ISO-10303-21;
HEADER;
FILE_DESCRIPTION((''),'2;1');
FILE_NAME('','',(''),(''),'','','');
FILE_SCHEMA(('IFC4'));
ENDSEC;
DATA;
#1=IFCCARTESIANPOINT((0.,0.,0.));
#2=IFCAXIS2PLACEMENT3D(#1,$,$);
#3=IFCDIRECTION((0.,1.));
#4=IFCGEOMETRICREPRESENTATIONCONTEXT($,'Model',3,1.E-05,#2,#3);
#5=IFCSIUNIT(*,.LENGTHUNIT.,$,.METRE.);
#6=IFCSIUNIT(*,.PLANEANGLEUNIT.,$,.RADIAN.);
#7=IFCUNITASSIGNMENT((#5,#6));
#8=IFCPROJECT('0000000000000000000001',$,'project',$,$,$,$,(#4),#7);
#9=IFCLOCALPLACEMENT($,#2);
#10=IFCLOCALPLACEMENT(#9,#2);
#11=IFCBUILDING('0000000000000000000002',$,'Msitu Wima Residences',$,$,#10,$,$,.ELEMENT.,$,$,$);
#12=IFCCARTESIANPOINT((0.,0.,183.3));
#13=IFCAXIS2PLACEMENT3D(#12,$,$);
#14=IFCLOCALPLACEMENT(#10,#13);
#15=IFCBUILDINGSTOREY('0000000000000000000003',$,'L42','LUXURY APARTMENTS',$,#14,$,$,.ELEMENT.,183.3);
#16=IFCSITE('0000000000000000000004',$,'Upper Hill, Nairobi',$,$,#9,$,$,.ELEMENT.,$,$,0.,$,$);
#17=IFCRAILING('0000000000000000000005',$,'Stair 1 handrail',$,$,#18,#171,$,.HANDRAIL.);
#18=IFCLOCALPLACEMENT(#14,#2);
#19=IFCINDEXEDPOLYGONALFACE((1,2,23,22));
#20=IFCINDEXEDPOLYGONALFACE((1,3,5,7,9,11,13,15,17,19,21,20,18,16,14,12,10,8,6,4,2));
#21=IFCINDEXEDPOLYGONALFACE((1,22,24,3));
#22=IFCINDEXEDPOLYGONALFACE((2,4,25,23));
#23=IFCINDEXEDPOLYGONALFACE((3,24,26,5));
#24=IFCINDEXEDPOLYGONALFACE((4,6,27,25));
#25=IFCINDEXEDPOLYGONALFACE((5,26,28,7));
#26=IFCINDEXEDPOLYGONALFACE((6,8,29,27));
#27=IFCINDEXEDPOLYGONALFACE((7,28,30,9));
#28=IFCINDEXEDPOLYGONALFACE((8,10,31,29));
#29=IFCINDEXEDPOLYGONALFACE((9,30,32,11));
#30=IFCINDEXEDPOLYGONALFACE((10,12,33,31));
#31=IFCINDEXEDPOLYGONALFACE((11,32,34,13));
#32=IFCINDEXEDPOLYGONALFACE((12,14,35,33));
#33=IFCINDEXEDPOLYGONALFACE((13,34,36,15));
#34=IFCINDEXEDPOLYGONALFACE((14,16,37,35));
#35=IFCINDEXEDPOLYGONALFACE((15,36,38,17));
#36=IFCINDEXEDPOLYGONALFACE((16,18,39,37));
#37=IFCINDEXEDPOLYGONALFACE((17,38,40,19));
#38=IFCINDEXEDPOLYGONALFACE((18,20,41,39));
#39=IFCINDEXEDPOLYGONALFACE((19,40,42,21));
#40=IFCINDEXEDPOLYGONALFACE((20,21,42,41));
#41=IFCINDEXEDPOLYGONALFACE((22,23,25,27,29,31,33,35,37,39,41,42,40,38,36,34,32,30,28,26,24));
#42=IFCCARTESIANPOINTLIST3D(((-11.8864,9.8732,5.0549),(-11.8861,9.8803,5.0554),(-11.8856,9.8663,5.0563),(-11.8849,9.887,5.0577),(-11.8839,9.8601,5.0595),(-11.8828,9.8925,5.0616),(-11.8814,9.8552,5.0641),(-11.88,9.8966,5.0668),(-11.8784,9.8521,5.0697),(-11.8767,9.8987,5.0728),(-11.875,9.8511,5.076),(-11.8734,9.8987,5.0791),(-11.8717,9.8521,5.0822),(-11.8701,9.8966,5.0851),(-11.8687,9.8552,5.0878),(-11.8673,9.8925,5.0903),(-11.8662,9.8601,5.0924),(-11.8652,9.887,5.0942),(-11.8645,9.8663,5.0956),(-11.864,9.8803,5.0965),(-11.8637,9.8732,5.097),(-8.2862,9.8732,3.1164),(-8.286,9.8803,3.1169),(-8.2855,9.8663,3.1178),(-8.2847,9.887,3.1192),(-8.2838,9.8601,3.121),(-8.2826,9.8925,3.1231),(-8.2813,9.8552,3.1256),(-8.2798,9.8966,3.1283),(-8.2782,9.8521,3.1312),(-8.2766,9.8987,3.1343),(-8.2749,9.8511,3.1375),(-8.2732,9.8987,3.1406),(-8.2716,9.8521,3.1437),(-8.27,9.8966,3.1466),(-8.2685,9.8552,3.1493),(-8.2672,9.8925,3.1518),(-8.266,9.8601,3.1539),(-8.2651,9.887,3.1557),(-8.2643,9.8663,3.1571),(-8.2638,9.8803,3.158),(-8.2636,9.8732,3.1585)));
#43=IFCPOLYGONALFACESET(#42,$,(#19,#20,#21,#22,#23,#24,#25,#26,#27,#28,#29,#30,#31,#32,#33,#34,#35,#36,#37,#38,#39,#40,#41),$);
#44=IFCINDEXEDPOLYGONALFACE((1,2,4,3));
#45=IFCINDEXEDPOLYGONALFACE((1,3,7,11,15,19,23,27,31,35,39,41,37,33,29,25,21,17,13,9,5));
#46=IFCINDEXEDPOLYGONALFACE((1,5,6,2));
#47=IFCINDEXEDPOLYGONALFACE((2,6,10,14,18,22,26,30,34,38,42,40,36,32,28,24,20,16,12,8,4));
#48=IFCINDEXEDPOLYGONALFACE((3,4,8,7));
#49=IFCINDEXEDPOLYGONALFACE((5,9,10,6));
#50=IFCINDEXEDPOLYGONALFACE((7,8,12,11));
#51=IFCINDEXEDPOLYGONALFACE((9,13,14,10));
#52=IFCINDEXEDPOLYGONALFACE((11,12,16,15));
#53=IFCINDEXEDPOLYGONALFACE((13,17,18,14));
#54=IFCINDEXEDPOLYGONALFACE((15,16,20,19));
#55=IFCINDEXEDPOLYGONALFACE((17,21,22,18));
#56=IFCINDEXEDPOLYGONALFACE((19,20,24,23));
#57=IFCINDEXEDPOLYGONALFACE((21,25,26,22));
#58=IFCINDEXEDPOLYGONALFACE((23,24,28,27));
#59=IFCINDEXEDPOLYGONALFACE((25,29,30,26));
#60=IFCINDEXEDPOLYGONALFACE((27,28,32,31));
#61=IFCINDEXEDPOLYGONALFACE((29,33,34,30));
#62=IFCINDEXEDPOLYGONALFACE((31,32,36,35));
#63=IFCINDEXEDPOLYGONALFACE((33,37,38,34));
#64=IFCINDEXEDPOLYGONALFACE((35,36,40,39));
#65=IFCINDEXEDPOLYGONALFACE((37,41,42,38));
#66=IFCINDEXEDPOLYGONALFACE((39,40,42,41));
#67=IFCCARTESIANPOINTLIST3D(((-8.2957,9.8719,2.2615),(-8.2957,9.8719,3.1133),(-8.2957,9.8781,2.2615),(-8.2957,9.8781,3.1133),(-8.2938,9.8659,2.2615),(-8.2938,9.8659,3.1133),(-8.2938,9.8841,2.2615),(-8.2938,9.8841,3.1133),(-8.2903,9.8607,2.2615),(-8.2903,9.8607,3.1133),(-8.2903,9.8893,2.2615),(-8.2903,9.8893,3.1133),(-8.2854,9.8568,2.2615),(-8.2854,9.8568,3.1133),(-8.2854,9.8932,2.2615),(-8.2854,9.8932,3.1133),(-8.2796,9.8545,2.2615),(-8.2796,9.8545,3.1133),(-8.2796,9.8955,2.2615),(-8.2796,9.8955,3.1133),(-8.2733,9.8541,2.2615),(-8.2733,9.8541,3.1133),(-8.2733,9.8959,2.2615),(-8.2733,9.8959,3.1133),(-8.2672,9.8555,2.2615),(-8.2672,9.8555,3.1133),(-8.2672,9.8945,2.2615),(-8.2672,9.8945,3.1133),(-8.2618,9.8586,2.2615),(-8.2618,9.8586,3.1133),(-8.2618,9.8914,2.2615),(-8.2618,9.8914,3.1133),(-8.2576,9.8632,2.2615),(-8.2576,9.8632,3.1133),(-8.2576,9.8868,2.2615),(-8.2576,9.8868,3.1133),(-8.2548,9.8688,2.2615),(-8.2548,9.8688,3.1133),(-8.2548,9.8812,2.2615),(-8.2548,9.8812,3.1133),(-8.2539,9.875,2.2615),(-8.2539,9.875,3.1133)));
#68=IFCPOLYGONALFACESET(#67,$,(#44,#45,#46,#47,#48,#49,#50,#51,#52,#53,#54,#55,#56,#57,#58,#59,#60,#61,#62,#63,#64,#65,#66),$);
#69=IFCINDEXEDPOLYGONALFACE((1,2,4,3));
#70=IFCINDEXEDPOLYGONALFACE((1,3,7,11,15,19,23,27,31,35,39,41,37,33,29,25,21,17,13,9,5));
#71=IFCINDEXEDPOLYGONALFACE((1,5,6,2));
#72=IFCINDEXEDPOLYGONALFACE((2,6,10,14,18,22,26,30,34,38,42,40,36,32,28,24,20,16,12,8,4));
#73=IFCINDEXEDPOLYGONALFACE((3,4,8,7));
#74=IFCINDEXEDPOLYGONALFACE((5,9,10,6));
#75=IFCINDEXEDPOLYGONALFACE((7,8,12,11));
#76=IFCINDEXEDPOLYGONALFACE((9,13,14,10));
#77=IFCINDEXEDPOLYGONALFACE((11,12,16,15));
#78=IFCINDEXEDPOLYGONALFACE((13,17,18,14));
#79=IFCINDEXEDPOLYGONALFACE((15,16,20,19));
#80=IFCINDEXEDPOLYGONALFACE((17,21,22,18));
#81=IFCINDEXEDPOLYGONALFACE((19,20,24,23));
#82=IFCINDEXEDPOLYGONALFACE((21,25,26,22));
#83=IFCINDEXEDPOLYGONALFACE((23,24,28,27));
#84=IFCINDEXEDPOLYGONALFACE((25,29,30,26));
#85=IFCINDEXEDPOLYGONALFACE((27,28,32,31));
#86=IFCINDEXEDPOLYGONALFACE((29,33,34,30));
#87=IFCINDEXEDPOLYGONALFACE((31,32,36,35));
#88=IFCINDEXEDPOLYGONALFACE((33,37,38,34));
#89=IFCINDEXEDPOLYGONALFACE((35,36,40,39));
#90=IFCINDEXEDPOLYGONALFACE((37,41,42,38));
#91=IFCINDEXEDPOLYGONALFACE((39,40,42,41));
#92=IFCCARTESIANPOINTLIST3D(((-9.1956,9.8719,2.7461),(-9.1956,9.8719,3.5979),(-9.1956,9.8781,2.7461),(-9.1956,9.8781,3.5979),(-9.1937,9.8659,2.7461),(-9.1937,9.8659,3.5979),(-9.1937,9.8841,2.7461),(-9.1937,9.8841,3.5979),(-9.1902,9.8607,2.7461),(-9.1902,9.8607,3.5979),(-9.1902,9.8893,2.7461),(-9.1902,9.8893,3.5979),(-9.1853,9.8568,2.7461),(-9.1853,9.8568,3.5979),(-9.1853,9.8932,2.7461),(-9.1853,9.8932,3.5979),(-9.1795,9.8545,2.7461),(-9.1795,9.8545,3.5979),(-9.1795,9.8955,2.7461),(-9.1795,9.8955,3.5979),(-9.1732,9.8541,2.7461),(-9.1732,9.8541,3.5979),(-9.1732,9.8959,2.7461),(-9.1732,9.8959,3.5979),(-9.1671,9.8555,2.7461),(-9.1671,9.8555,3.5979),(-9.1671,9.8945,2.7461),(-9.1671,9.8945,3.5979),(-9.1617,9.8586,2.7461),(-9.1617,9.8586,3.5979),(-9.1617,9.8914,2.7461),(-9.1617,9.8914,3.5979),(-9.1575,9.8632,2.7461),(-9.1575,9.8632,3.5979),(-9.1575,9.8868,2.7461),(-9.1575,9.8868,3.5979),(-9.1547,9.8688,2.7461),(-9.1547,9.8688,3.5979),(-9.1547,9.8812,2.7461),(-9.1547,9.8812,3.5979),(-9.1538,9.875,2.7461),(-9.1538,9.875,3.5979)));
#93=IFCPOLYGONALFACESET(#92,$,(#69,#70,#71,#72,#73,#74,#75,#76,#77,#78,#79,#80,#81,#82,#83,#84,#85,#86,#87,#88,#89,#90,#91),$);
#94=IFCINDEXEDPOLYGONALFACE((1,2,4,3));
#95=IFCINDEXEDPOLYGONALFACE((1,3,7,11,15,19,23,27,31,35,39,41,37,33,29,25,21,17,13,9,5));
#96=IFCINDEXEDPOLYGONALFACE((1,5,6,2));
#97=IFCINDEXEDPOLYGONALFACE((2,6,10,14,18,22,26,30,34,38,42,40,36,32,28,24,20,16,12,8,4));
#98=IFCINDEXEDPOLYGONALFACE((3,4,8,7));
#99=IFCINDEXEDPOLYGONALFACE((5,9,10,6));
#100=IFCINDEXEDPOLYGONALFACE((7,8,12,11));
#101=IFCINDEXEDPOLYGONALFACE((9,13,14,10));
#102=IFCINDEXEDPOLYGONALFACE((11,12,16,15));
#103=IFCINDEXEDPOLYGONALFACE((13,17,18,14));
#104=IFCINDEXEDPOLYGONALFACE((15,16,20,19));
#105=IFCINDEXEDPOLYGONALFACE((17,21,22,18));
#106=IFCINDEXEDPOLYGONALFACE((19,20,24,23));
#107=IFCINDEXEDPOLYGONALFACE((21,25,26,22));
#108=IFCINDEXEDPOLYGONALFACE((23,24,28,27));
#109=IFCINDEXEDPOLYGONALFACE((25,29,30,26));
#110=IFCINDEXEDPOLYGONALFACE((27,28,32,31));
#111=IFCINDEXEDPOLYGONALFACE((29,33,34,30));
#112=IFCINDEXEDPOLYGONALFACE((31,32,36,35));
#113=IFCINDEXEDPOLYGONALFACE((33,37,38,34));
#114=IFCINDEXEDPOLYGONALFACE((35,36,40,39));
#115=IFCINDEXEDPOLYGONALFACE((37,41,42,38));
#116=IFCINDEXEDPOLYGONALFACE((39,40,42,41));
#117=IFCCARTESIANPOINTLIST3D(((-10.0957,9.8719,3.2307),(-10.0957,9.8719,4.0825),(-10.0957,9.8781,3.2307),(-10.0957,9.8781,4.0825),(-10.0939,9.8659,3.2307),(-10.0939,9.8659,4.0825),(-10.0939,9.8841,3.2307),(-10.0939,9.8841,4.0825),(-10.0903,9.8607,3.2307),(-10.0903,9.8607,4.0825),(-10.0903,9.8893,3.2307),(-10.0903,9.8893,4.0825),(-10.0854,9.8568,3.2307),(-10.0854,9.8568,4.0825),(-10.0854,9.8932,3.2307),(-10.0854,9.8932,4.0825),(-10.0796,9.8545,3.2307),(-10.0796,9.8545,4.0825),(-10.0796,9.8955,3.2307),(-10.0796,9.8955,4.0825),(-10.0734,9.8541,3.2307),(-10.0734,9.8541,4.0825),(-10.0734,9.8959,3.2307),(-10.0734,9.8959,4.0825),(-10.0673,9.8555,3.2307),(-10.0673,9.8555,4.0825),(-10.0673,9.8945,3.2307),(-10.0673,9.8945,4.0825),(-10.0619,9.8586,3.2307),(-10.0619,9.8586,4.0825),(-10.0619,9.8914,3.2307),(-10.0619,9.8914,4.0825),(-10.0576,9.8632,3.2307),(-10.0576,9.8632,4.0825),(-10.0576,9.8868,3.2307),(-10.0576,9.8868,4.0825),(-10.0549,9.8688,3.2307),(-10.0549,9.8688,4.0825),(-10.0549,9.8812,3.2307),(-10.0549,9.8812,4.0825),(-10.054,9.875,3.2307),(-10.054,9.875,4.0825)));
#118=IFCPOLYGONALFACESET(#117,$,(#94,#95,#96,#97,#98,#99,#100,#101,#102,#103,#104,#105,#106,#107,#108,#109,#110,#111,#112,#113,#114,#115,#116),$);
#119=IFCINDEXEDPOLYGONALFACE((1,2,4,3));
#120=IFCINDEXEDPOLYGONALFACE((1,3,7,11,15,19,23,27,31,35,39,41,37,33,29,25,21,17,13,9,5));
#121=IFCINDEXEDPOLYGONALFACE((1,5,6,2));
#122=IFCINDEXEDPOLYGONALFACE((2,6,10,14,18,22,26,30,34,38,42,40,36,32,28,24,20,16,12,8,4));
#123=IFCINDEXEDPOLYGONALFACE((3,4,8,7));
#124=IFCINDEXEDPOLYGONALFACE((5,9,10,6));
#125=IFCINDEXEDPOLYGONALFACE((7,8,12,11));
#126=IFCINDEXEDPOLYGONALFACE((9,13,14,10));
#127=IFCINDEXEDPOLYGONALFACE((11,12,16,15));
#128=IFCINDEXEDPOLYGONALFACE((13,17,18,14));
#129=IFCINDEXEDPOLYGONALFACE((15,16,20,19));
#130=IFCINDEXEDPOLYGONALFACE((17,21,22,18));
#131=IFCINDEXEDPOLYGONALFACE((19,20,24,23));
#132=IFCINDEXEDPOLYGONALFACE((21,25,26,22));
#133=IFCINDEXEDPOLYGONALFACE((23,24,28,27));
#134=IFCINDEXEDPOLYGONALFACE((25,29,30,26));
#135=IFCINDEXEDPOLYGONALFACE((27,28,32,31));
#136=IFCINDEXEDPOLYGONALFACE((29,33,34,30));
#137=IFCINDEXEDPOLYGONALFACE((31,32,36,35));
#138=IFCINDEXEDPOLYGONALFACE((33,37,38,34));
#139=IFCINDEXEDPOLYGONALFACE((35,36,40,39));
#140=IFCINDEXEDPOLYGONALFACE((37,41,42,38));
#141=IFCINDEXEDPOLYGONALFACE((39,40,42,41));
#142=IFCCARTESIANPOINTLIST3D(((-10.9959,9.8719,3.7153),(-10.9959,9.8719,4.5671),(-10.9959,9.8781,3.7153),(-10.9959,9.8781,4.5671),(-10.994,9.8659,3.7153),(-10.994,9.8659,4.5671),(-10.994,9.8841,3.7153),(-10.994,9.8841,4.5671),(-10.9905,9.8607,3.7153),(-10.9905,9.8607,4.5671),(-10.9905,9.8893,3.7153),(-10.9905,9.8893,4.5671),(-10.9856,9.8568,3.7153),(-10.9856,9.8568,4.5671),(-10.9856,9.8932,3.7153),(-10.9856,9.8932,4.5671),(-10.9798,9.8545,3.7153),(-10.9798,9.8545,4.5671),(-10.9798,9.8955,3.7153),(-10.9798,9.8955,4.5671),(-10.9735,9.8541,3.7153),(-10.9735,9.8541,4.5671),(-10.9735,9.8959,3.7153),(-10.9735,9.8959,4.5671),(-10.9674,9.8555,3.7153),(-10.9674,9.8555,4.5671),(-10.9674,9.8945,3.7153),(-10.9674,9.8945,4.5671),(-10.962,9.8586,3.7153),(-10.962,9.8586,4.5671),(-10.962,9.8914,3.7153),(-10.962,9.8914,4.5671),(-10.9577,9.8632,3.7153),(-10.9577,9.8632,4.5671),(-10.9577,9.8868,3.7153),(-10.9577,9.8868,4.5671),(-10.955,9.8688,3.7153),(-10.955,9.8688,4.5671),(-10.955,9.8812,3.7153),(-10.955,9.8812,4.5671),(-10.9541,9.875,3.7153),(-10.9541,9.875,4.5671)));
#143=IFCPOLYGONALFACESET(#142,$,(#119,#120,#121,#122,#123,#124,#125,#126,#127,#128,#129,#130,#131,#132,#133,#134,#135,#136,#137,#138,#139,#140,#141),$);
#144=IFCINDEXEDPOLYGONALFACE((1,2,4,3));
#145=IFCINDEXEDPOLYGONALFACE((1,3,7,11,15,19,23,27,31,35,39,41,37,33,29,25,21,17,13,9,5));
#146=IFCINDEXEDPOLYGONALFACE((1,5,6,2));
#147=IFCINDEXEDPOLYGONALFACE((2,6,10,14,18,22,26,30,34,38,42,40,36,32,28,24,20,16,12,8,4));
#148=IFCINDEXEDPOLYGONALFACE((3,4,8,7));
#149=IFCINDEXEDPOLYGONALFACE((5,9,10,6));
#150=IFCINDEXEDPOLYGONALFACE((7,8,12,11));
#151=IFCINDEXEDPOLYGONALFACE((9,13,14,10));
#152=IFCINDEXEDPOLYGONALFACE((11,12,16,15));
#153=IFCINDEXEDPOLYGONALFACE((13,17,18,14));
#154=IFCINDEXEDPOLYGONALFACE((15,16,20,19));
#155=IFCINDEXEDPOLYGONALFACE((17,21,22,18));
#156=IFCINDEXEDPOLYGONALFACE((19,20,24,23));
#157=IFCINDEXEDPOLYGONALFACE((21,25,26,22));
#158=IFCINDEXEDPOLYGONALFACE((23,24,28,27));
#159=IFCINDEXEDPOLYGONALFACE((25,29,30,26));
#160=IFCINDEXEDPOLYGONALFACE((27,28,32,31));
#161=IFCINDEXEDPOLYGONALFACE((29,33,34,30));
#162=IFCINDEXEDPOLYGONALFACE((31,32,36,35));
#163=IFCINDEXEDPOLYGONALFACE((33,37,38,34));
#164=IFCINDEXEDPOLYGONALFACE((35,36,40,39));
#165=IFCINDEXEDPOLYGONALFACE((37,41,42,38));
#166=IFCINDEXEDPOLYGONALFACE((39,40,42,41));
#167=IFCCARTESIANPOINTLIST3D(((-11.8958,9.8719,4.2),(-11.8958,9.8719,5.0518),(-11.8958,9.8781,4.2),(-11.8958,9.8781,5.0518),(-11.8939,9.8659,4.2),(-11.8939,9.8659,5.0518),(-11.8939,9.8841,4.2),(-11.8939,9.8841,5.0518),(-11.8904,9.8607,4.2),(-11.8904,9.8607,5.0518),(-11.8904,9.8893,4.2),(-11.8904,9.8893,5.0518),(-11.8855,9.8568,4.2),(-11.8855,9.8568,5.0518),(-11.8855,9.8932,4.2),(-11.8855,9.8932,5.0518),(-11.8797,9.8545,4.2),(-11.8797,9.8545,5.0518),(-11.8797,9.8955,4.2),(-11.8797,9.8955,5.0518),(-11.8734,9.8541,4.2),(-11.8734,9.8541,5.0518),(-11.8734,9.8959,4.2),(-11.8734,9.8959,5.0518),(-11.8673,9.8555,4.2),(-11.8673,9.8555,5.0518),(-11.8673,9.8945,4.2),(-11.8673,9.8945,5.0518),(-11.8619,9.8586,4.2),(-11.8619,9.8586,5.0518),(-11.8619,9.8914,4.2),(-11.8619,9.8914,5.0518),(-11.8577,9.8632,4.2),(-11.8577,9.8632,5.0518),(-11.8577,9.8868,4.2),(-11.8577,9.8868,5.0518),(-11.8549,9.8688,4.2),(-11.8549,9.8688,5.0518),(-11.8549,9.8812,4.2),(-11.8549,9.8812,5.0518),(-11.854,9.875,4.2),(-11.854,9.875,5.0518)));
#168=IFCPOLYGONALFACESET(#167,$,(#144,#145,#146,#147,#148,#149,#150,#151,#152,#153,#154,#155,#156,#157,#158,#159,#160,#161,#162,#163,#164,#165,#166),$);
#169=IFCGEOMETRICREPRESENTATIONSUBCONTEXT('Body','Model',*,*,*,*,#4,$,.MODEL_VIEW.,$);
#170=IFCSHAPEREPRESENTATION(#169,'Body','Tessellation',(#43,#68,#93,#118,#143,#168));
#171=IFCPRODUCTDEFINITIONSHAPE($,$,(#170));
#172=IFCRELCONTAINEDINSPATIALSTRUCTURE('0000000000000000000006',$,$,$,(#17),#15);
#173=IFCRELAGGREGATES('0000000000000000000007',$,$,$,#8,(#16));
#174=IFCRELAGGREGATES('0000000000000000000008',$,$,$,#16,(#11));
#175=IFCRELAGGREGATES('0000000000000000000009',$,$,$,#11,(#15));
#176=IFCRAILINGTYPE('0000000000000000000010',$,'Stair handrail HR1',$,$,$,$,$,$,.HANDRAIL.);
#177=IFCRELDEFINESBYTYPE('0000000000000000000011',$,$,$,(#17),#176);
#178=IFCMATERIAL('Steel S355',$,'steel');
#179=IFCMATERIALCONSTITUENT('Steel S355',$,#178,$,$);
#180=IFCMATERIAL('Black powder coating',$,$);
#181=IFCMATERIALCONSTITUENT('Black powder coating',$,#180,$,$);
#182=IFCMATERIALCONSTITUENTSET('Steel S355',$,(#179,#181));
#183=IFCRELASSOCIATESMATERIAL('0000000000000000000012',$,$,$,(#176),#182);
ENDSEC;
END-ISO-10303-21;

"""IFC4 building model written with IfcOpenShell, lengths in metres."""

from ifc_helpers import new_model, si_unit, direction, frame, origin, origin_2d, place, context, subcontext, project, spatial, circle, extrude, material, constituent, constituent_set, type_object, element, save


model = new_model("IFC4")

# Units and contexts
model_context = context("Model", 3, precision=1e-05, world=origin(), true_north=direction((0.0, 1.0)))
body_context = subcontext(model_context, "Body", "Model", "MODEL_VIEW")
ifc_project = project(units=[si_unit("LENGTHUNIT", "METRE"), si_unit("PLANEANGLEUNIT", "RADIAN")], contexts=[model_context])

# Site, building, storey
site_placement = place(None, origin())
site = spatial("IfcSite", under=ifc_project, at=site_placement, Name="Upper Hill, Nairobi", CompositionType="ELEMENT", RefElevation=0.0)
building_placement = place(site_placement, origin())
building = spatial("IfcBuilding", under=site, at=building_placement, Name="Msitu Wima Residences", CompositionType="ELEMENT")
storey_placement = place(building_placement, frame((0.0, 0.0, 183.3)))
storey = spatial("IfcBuildingStorey", under=building, at=storey_placement, Name="L42", Description="LUXURY APARTMENTS", CompositionType="ELEMENT", Elevation=183.3)

# Railing
ifc_material_1 = material(Name="Steel S355", Category="steel")
ifc_constituent_1 = constituent(ifc_material_1, Name="Steel S355")
ifc_material_2 = material(Name="Black powder coating")
ifc_constituent_2 = constituent(ifc_material_2, Name="Black powder coating")
ifc_constituent_set = constituent_set(constituents=[ifc_constituent_1, ifc_constituent_2], Name="Steel S355")
railing_type = type_object("IfcRailingType", Name="Stair handrail HR1", PredefinedType="HANDRAIL", material=ifc_constituent_set)
railing_placement = place(storey_placement, frame((-8.2749, 9.875, 2.2615)))
element("IfcRailing", 1, at=railing_placement, inside=storey, type_object=railing_type, Name="Stair 1 handrail", PredefinedType="HANDRAIL", context=body_context, shape_type="SweptSolid", body=[
    extrude(circle(Radius=0.0239, at=origin_2d()), frame((0.0, 0.0, 0.876), z_axis=(-0.880475, 0.0, 0.474093), x_axis=(0.0, -1.0, 0.0)), (0.0, 0.0, 1.0), 4.0889),
    extrude(circle(Radius=0.021, at=origin_2d()), origin(), (0.0, 0.0, 1.0), 0.8518),
    extrude(circle(Radius=0.021, at=origin_2d()), frame((-0.8999, 0.0, 0.4846)), (0.0, 0.0, 1.0), 0.8518),
    extrude(circle(Radius=0.021, at=origin_2d()), frame((-1.8, 0.0, 0.9692)), (0.0, 0.0, 1.0), 0.8518),
    extrude(circle(Radius=0.021, at=origin_2d()), frame((-2.7002, 0.0, 1.4539)), (0.0, 0.0, 1.0), 0.8518),
    extrude(circle(Radius=0.021, at=origin_2d()), frame((-3.6001, 0.0, 1.9385)), (0.0, 0.0, 1.0), 0.8518),
])

save(model, "model.ifc")
